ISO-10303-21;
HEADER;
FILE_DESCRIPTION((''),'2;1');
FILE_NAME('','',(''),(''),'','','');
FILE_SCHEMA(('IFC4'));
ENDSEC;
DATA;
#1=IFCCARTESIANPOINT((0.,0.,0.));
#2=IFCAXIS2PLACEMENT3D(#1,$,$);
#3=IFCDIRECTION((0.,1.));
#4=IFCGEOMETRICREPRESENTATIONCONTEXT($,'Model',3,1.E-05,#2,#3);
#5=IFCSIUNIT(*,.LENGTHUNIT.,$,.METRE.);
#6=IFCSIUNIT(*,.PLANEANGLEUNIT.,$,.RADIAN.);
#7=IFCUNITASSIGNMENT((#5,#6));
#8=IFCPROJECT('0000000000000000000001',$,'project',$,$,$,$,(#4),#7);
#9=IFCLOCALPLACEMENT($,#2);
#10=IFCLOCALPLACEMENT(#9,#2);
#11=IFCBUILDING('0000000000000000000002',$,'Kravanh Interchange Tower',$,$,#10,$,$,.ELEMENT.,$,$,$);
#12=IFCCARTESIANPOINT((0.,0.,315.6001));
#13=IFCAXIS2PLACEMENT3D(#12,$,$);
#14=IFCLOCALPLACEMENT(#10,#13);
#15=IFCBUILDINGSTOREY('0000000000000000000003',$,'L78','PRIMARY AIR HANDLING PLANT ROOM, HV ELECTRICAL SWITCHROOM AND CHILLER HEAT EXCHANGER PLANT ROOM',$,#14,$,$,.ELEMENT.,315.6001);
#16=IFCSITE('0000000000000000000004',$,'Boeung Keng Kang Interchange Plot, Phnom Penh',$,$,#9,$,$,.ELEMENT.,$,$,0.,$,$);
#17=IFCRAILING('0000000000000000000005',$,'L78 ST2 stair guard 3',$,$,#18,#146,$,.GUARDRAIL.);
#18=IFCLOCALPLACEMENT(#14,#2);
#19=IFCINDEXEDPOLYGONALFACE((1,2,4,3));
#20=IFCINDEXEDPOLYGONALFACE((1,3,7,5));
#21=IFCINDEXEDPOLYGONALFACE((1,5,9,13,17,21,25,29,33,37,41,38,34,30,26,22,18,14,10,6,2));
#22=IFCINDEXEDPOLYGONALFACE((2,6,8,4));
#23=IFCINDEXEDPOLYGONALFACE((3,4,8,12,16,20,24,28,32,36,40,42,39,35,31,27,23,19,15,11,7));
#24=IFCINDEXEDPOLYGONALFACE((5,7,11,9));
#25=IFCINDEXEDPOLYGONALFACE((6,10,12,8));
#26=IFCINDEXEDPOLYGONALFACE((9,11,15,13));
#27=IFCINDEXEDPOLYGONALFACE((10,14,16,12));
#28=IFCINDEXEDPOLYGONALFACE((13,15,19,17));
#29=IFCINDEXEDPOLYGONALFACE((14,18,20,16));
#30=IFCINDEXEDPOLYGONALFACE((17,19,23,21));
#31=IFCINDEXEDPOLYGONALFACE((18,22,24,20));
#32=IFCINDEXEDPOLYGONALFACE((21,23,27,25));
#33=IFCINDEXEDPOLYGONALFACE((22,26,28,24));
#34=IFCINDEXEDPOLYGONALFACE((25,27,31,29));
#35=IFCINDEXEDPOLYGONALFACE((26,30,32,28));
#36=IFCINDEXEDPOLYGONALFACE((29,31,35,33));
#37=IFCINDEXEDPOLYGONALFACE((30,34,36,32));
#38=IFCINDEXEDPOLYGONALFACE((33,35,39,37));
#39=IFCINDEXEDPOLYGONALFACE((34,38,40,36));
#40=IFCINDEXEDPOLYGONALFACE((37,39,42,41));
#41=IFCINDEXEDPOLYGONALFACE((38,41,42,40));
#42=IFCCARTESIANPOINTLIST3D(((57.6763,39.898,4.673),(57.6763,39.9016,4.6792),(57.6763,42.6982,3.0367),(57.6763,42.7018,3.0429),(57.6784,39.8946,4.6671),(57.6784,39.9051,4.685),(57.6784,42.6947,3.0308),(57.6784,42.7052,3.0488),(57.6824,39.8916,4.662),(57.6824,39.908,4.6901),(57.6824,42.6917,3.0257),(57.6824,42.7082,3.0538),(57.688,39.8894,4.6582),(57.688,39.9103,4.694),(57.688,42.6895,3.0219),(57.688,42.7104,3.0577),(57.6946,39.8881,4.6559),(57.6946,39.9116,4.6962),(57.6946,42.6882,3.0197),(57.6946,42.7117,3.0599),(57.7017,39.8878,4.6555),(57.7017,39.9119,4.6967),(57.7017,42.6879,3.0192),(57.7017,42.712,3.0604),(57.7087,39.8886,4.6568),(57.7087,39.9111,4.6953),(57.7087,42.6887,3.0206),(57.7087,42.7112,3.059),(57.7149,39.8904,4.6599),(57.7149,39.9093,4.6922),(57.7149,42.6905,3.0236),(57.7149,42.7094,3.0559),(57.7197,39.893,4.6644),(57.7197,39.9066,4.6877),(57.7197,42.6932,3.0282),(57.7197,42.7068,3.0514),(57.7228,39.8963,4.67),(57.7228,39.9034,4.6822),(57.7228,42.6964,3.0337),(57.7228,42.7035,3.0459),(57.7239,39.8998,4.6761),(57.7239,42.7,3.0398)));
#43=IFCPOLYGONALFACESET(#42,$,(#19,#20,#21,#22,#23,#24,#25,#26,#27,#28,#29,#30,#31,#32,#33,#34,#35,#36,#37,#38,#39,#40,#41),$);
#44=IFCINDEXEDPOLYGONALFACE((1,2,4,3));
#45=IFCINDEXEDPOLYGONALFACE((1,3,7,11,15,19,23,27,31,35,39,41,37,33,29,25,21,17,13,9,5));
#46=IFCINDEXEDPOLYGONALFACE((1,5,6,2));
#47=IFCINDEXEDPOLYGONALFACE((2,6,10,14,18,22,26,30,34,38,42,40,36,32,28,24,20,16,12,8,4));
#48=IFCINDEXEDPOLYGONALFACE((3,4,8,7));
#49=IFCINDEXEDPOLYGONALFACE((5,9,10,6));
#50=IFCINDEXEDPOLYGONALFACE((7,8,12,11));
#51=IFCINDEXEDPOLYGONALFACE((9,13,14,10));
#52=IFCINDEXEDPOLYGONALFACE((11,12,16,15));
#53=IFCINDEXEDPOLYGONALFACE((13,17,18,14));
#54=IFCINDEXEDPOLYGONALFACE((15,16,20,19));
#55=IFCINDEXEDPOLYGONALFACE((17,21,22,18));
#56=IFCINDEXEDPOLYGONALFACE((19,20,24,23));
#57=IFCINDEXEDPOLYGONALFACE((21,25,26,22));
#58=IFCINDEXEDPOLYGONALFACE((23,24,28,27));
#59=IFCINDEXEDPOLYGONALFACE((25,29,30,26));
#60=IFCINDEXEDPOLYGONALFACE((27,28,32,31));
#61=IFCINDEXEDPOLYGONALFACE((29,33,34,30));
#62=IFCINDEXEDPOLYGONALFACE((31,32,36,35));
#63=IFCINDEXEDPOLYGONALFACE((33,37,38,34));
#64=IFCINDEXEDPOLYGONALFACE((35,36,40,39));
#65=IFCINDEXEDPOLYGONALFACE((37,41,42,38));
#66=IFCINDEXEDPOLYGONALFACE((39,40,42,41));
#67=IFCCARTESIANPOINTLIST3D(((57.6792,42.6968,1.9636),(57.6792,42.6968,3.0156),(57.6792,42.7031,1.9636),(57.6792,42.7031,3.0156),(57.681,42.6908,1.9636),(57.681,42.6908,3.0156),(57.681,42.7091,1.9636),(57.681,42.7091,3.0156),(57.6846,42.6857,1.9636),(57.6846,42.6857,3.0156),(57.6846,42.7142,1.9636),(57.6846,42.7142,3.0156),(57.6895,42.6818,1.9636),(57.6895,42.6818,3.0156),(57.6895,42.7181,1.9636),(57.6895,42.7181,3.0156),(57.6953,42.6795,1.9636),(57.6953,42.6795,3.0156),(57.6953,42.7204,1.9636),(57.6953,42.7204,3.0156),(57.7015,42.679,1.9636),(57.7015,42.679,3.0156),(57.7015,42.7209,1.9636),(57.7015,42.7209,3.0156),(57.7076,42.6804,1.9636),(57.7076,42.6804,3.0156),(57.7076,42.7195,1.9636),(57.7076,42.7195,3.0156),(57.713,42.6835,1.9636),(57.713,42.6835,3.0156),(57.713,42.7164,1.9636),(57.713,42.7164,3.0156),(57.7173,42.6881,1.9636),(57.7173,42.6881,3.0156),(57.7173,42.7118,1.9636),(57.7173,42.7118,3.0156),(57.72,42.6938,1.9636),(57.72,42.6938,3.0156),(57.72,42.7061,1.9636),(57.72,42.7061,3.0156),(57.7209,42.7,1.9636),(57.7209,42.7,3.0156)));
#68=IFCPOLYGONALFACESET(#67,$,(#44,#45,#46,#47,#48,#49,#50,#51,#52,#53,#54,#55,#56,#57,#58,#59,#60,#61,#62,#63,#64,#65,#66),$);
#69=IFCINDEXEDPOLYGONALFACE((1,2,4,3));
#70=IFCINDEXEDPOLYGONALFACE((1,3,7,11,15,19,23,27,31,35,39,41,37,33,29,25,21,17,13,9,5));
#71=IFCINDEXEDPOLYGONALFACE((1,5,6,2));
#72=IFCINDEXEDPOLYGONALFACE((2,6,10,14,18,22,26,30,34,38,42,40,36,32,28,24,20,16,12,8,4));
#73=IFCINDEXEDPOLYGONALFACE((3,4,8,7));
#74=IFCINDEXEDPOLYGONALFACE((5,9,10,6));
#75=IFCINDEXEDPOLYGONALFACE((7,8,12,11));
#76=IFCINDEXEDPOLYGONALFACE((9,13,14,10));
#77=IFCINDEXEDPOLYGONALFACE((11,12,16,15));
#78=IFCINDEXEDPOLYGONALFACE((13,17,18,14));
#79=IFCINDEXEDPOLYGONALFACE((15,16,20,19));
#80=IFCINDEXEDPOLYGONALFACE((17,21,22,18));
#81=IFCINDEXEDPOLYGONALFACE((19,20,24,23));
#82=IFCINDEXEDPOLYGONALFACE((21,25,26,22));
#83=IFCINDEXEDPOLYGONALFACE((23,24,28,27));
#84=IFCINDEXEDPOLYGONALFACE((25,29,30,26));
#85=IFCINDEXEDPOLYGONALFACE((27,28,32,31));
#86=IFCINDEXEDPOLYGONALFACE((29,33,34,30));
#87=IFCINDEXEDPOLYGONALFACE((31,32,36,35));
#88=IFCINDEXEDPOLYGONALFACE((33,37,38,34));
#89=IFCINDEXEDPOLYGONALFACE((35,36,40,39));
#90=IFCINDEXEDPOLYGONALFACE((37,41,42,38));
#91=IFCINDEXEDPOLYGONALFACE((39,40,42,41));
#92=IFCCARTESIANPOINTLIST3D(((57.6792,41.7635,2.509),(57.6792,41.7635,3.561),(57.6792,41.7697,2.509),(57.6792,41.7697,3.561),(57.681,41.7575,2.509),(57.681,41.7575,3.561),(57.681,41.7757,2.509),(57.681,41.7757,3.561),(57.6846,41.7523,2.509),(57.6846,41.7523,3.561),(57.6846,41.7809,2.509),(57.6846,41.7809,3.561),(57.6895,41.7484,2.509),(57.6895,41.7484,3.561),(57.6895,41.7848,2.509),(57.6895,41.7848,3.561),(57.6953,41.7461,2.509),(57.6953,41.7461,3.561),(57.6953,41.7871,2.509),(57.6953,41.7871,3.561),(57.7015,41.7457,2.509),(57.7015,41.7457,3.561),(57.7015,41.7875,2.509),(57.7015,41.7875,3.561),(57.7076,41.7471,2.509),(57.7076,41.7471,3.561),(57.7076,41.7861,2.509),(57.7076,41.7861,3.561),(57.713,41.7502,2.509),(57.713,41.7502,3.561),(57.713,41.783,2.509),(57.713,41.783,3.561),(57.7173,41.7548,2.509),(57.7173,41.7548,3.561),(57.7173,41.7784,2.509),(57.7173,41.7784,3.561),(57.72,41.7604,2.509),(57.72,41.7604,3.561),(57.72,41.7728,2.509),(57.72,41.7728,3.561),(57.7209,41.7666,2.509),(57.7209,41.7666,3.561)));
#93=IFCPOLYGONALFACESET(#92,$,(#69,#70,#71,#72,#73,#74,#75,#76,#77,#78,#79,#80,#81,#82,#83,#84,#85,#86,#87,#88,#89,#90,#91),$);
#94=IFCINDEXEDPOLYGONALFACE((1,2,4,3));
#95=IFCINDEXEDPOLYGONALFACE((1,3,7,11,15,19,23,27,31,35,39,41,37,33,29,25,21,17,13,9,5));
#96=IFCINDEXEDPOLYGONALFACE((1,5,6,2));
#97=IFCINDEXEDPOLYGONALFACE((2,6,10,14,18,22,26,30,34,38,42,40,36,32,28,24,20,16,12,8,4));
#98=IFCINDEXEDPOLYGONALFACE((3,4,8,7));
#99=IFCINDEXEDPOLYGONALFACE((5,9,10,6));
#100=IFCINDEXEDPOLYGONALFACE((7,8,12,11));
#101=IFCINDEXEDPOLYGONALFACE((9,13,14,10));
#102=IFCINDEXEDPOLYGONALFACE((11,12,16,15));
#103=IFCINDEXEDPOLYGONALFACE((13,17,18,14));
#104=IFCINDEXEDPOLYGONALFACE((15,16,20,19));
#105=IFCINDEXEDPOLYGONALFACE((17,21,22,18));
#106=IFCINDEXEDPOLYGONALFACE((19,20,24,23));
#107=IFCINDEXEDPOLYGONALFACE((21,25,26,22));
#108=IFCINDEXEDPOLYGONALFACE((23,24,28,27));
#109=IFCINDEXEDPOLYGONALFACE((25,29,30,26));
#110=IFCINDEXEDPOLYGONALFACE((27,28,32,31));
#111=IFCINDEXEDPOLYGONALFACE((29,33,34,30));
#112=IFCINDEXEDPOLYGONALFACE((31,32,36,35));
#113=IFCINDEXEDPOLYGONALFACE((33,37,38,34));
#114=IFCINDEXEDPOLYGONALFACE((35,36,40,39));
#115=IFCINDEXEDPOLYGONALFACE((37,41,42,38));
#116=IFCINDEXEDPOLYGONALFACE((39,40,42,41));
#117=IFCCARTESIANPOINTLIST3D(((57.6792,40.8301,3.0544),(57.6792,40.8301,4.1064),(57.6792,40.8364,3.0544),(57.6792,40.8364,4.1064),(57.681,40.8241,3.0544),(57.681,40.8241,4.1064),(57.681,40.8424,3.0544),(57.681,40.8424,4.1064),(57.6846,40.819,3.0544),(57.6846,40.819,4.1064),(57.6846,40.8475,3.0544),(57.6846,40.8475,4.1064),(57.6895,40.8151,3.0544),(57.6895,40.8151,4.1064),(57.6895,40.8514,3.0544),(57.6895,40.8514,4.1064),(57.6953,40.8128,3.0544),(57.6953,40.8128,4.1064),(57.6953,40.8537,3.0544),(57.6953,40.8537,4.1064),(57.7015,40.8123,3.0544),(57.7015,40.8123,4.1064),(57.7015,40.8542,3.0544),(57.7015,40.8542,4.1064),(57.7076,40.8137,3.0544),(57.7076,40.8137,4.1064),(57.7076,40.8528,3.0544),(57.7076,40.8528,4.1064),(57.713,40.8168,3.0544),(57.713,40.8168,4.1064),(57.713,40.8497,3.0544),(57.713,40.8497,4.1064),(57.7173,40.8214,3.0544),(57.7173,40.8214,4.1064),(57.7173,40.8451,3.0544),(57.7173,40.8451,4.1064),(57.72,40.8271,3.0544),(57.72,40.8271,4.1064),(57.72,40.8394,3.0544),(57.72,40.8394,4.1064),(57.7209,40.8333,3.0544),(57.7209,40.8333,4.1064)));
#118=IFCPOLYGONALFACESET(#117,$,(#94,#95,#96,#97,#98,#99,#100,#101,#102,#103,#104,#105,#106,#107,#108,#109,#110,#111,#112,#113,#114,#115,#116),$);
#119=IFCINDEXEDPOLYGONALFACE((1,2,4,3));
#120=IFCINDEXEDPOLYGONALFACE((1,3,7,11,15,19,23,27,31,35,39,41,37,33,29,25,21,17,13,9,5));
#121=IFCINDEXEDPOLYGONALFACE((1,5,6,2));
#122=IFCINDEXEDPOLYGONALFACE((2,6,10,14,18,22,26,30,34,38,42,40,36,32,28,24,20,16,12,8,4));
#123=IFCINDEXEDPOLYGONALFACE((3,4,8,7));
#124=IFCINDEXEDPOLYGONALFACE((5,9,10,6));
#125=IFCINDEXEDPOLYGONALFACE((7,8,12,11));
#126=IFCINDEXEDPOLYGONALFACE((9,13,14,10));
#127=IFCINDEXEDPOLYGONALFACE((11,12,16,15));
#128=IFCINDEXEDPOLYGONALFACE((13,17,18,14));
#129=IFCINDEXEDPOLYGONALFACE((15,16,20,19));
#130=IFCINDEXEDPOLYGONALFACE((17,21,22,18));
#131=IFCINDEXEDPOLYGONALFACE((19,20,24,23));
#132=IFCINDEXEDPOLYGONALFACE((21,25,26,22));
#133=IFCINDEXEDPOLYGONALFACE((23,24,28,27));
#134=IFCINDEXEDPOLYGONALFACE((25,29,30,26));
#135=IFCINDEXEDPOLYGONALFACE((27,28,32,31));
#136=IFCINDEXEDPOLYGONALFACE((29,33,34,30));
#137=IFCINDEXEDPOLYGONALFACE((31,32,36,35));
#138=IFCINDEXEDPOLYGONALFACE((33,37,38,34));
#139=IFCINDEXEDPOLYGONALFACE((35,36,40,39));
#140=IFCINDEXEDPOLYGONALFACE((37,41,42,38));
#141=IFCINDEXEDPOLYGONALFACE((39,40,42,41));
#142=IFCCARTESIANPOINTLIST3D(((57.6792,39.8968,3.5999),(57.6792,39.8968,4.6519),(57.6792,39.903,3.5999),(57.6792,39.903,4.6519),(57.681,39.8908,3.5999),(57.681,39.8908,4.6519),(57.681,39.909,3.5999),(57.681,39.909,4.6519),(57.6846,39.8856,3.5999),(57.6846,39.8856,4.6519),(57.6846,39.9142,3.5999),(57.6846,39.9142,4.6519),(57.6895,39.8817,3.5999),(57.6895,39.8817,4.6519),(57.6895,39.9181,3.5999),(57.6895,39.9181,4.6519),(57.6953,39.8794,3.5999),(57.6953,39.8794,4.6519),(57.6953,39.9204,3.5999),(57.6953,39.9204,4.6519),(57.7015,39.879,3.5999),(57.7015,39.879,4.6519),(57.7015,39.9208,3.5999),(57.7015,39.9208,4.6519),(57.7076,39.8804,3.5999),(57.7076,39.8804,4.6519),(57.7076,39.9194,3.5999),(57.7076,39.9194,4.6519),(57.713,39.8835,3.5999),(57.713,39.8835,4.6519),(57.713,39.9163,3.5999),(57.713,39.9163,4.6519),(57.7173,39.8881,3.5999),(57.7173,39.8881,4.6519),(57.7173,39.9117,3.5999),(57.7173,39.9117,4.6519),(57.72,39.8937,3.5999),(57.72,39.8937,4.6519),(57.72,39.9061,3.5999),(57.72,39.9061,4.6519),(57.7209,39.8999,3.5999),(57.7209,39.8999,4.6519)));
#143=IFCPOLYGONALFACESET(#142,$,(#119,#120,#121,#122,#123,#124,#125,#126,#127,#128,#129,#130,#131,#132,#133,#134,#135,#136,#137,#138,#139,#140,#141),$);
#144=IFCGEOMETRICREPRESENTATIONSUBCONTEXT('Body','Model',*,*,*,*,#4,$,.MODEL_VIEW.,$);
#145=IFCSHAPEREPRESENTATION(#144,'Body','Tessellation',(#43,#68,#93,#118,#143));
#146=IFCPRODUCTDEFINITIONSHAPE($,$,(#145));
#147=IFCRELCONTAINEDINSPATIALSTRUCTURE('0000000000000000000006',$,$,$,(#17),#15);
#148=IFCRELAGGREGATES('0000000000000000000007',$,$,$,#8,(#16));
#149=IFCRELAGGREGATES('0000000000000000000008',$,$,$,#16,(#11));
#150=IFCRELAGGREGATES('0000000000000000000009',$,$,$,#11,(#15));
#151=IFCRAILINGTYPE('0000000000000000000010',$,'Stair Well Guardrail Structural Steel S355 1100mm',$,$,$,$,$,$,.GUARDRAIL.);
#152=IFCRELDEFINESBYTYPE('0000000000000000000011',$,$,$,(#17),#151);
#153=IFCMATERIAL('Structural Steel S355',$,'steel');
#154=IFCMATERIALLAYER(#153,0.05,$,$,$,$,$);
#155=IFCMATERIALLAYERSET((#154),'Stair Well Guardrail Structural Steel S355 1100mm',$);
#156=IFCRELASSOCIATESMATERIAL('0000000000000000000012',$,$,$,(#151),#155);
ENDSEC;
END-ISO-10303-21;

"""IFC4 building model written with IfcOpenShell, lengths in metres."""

from ifc_helpers import new_model, si_unit, direction, frame, origin, origin_2d, place, context, subcontext, project, spatial, circle, extrude, material, layer, layer_set, type_object, element, save


model = new_model("IFC4")

# Units and contexts
model_context = context("Model", 3, precision=1e-05, world=origin(), true_north=direction((0.0, 1.0)))
body_context = subcontext(model_context, "Body", "Model", "MODEL_VIEW")
ifc_project = project(units=[si_unit("LENGTHUNIT", "METRE"), si_unit("PLANEANGLEUNIT", "RADIAN")], contexts=[model_context])

# Site, building, storey
site_placement = place(None, origin())
site = spatial("IfcSite", under=ifc_project, at=site_placement, Name="Boeung Keng Kang Interchange Plot, Phnom Penh", CompositionType="ELEMENT", RefElevation=0.0)
building_placement = place(site_placement, origin())
building = spatial("IfcBuilding", under=site, at=building_placement, Name="Kravanh Interchange Tower", CompositionType="ELEMENT")
storey_placement = place(building_placement, frame((0.0, 0.0, 315.6001)))
storey = spatial("IfcBuildingStorey", under=building, at=storey_placement, Name="L78", Description="PRIMARY AIR HANDLING PLANT ROOM, HV ELECTRICAL SWITCHROOM AND CHILLER HEAT EXCHANGER PLANT ROOM", CompositionType="ELEMENT", Elevation=315.6001)

# Railing
ifc_material_1 = material(Name="Structural Steel S355", Category="steel")
ifc_layer_1 = layer(ifc_material_1, 0.05)
ifc_layer_set_1 = layer_set([ifc_layer_1], Name="Stair Well Guardrail Structural Steel S355 1100mm")
railing_type_1 = type_object("IfcRailingType", Name="Stair Well Guardrail Structural Steel S355 1100mm", PredefinedType="GUARDRAIL", material=ifc_layer_set_1)
railing_1_placement = place(storey_placement, frame((57.7, 42.7, 1.9636)))
element("IfcRailing", 1, at=railing_1_placement, inside=storey, type_object=railing_type_1, Name="L78 ST2 stair guard 3", PredefinedType="GUARDRAIL", context=body_context, shape_type="SweptSolid", body=[
    extrude(circle(Radius=0.0239, at=origin_2d()), frame((0.0, 0.0, 1.0762), z_axis=(0.0, -0.863394, 0.504531), x_axis=(1.0, 0.0, 0.0)), (0.0, 0.0, 1.0), 3.2432),
    extrude(circle(Radius=0.021, at=origin_2d()), origin(), (0.0, 0.0, 1.0), 1.052),
    extrude(circle(Radius=0.021, at=origin_2d()), frame((0.0, -0.9333, 0.5454)), (0.0, 0.0, 1.0), 1.052),
    extrude(circle(Radius=0.021, at=origin_2d()), frame((0.0, -1.8667, 1.0908)), (0.0, 0.0, 1.0), 1.052),
    extrude(circle(Radius=0.021, at=origin_2d()), frame((0.0, -2.8, 1.6362)), (0.0, 0.0, 1.0), 1.052),
])

save(model, "model.ifc")
